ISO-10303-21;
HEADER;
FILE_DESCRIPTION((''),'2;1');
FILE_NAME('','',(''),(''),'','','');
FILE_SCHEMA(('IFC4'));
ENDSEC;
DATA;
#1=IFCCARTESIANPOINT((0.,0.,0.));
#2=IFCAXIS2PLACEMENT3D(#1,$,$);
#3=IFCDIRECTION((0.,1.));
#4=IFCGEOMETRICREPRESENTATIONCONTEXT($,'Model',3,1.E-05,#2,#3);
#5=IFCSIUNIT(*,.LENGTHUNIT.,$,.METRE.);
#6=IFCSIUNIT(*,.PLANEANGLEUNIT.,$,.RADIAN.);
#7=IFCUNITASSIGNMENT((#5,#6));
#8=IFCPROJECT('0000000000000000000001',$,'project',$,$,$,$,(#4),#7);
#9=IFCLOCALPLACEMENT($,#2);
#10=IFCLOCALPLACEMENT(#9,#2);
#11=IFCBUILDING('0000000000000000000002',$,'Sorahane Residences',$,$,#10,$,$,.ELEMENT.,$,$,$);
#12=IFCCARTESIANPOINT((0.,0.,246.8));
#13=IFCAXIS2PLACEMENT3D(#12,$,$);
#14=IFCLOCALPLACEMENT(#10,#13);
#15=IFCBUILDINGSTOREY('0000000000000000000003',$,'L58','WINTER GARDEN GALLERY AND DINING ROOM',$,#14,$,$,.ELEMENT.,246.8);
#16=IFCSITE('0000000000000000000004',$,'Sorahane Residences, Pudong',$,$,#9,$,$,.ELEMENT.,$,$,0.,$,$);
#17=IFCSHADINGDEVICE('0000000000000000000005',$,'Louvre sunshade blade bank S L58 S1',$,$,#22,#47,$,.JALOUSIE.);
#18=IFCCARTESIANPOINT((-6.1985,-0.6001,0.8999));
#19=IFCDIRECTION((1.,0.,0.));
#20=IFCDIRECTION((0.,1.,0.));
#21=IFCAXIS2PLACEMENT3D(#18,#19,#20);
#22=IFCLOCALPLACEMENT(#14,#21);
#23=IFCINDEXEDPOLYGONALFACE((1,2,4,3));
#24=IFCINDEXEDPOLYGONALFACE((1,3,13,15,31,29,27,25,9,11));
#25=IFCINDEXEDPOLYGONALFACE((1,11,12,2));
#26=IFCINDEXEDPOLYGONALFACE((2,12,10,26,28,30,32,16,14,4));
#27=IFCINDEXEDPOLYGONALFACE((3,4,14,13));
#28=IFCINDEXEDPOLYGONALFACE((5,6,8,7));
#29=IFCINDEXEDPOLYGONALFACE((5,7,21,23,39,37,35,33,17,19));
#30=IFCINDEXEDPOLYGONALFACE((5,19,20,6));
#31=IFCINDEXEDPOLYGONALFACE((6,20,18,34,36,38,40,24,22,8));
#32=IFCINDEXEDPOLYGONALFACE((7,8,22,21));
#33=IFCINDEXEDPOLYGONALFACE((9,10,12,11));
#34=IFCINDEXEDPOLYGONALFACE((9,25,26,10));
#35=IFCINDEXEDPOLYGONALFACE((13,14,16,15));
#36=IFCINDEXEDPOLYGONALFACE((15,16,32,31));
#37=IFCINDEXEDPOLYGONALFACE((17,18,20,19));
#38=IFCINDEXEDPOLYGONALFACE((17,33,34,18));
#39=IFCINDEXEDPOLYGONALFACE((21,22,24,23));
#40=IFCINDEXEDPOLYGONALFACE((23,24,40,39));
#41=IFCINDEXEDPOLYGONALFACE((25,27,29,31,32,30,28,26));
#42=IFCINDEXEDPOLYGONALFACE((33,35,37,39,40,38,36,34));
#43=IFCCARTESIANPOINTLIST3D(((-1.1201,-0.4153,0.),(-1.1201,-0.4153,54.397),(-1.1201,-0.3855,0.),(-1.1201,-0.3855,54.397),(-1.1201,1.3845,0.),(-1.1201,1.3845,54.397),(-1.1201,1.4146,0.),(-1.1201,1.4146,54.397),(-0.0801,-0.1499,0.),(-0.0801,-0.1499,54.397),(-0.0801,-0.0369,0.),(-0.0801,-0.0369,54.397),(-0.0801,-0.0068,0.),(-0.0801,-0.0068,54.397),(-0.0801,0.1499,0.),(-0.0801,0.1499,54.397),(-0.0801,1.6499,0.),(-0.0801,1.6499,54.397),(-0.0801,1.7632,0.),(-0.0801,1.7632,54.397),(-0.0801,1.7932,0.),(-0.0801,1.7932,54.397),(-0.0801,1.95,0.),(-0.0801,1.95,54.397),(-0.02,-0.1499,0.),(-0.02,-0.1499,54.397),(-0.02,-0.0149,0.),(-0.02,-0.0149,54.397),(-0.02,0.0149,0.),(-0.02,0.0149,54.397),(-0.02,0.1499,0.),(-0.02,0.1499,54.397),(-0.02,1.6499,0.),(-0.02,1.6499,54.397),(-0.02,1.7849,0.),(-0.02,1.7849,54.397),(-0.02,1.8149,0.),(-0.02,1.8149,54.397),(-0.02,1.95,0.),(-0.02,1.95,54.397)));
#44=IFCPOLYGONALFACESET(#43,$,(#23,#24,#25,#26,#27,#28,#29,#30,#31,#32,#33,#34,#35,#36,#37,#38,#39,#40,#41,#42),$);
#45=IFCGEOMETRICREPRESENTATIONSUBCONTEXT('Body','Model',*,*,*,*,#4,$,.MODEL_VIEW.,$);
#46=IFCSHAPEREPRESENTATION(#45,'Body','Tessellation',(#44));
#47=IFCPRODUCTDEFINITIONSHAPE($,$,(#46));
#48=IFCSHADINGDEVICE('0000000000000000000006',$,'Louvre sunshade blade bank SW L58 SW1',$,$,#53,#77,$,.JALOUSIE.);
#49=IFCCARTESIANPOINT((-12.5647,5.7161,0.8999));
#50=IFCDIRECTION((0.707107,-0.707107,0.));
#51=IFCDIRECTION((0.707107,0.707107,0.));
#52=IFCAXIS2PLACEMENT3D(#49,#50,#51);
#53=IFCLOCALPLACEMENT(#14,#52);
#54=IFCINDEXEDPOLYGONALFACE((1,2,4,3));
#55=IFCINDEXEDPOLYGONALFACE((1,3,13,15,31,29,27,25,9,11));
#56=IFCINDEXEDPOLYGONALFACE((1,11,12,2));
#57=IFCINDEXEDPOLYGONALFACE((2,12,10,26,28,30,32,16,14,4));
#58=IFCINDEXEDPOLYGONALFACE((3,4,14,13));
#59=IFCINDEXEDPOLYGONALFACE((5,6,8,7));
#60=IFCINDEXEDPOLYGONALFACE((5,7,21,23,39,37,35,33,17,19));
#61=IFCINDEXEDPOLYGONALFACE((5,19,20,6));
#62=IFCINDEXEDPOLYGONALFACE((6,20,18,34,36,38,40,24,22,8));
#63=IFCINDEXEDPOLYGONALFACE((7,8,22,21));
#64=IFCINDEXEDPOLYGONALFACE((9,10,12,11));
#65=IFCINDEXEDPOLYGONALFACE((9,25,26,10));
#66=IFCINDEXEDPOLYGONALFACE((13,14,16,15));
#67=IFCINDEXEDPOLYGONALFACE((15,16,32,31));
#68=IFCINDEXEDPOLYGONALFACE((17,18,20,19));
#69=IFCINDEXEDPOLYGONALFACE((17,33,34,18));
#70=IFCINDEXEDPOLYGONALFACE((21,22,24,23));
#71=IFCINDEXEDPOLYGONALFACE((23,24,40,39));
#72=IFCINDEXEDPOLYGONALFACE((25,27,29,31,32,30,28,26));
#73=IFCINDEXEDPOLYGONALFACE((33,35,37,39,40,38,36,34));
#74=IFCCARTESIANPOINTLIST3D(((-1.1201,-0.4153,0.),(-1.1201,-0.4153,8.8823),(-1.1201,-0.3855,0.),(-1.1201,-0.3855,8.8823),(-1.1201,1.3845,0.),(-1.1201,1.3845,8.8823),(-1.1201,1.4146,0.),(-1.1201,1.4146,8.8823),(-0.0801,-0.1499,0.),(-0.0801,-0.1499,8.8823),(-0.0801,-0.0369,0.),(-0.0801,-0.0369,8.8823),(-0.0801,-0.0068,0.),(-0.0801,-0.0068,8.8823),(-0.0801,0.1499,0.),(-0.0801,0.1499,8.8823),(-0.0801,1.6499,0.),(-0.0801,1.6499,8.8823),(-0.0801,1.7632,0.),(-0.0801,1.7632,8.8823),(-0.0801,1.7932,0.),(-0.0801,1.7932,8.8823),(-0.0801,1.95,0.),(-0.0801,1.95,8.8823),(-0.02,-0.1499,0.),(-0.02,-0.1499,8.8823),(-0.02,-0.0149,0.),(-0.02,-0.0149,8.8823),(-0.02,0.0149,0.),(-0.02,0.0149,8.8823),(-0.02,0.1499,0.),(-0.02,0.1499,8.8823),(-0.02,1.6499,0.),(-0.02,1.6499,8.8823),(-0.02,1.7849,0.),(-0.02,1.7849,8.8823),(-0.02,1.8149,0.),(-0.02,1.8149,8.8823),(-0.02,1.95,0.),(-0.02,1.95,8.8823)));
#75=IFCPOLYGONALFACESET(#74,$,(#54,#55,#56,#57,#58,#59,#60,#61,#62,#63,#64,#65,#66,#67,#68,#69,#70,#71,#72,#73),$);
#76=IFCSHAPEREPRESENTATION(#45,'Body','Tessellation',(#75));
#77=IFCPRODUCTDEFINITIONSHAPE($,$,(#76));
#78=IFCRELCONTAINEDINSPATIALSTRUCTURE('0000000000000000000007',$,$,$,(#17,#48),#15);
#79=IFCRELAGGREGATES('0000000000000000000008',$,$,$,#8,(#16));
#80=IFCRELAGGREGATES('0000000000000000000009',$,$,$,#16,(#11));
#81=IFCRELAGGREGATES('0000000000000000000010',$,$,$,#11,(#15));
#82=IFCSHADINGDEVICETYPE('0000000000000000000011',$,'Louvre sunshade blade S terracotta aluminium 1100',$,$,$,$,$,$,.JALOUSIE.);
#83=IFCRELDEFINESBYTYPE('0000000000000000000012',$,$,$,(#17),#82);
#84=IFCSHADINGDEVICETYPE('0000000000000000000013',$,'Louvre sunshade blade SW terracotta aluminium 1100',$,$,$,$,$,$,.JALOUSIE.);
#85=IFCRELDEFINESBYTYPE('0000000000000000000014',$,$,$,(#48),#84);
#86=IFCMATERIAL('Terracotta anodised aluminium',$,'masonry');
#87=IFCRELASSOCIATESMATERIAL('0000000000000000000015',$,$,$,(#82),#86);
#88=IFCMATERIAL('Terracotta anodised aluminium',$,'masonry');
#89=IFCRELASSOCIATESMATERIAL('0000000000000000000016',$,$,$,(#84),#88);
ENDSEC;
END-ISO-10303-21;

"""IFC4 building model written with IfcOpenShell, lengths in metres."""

from ifc_helpers import new_model, si_unit, direction, frame, origin, place, context, subcontext, project, spatial, polyline, outline, composite_profile, extrude, material, type_object, element, save


model = new_model("IFC4")

# Units and contexts
model_context = context("Model", 3, precision=1e-05, world=origin(), true_north=direction((0.0, 1.0)))
body_context = subcontext(model_context, "Body", "Model", "MODEL_VIEW")
ifc_project = project(units=[si_unit("LENGTHUNIT", "METRE"), si_unit("PLANEANGLEUNIT", "RADIAN")], contexts=[model_context])

# Site, building, storey
site_placement = place(None, origin())
site = spatial("IfcSite", under=ifc_project, at=site_placement, Name="Sorahane Residences, Pudong", CompositionType="ELEMENT", RefElevation=0.0)
building_placement = place(site_placement, origin())
building = spatial("IfcBuilding", under=site, at=building_placement, Name="Sorahane Residences", CompositionType="ELEMENT")
storey_placement = place(building_placement, frame((0.0, 0.0, 246.8)))
storey = spatial("IfcBuildingStorey", under=building, at=storey_placement, Name="L58", Description="WINTER GARDEN GALLERY AND DINING ROOM", CompositionType="ELEMENT", Elevation=246.8)

# Shading devices
ifc_material_1 = material(Name="Terracotta anodised aluminium", Category="masonry")
shading_device_type_1 = type_object("IfcShadingDeviceType", Name="Louvre sunshade blade S terracotta aluminium 1100", PredefinedType="JALOUSIE", material=ifc_material_1)
shading_device_1_placement = place(storey_placement, frame((-6.1985, -0.6001, 0.8999), z_axis=(1.0, 0.0, 0.0), x_axis=(0.0, 1.0, 0.0)))
element("IfcShadingDevice", 1, at=shading_device_1_placement, inside=storey, type_object=shading_device_type_1, Name="Louvre sunshade blade bank S L58 S1", PredefinedType="JALOUSIE", context=body_context, shape_type="SweptSolid", body=[
    extrude(composite_profile([outline(polyline([(-1.1201, -0.3855), (-1.1201, -0.4153), (-0.0801, -0.0369), (-0.0801, -0.1499), (-0.02, -0.1499), (-0.02, -0.0149), (-0.02, 0.0149), (-0.02, 0.1499), (-0.0801, 0.1499), (-0.0801, -0.0068), (-1.1201, -0.3855)])), outline(polyline([(-1.1201, 1.4146), (-1.1201, 1.3845), (-0.0801, 1.7632), (-0.0801, 1.6499), (-0.02, 1.6499), (-0.02, 1.7849), (-0.02, 1.8149), (-0.02, 1.95), (-0.0801, 1.95), (-0.0801, 1.7932), (-1.1201, 1.4146)]))]), origin(), (0.0, 0.0, 1.0), 54.397),
])
ifc_material_2 = material(Name="Terracotta anodised aluminium", Category="masonry")
shading_device_type_2 = type_object("IfcShadingDeviceType", Name="Louvre sunshade blade SW terracotta aluminium 1100", PredefinedType="JALOUSIE", material=ifc_material_2)
shading_device_2_placement = place(storey_placement, frame((-12.5647, 5.7161, 0.8999), z_axis=(0.707107, -0.707107, 0.0), x_axis=(0.707107, 0.707107, 0.0)))
element("IfcShadingDevice", 2, at=shading_device_2_placement, inside=storey, type_object=shading_device_type_2, Name="Louvre sunshade blade bank SW L58 SW1", PredefinedType="JALOUSIE", context=body_context, shape_type="SweptSolid", body=[
    extrude(composite_profile([outline(polyline([(-1.1201, -0.3855), (-1.1201, -0.4153), (-0.0801, -0.0369), (-0.0801, -0.1499), (-0.02, -0.1499), (-0.02, -0.0149), (-0.02, 0.0149), (-0.02, 0.1499), (-0.0801, 0.1499), (-0.0801, -0.0068), (-1.1201, -0.3855)])), outline(polyline([(-1.1201, 1.4146), (-1.1201, 1.3845), (-0.0801, 1.7632), (-0.0801, 1.6499), (-0.02, 1.6499), (-0.02, 1.7849), (-0.02, 1.8149), (-0.02, 1.95), (-0.0801, 1.95), (-0.0801, 1.7932), (-1.1201, 1.4146)]))]), origin(), (0.0, 0.0, 1.0), 8.8823),
])

save(model, "model.ifc")
